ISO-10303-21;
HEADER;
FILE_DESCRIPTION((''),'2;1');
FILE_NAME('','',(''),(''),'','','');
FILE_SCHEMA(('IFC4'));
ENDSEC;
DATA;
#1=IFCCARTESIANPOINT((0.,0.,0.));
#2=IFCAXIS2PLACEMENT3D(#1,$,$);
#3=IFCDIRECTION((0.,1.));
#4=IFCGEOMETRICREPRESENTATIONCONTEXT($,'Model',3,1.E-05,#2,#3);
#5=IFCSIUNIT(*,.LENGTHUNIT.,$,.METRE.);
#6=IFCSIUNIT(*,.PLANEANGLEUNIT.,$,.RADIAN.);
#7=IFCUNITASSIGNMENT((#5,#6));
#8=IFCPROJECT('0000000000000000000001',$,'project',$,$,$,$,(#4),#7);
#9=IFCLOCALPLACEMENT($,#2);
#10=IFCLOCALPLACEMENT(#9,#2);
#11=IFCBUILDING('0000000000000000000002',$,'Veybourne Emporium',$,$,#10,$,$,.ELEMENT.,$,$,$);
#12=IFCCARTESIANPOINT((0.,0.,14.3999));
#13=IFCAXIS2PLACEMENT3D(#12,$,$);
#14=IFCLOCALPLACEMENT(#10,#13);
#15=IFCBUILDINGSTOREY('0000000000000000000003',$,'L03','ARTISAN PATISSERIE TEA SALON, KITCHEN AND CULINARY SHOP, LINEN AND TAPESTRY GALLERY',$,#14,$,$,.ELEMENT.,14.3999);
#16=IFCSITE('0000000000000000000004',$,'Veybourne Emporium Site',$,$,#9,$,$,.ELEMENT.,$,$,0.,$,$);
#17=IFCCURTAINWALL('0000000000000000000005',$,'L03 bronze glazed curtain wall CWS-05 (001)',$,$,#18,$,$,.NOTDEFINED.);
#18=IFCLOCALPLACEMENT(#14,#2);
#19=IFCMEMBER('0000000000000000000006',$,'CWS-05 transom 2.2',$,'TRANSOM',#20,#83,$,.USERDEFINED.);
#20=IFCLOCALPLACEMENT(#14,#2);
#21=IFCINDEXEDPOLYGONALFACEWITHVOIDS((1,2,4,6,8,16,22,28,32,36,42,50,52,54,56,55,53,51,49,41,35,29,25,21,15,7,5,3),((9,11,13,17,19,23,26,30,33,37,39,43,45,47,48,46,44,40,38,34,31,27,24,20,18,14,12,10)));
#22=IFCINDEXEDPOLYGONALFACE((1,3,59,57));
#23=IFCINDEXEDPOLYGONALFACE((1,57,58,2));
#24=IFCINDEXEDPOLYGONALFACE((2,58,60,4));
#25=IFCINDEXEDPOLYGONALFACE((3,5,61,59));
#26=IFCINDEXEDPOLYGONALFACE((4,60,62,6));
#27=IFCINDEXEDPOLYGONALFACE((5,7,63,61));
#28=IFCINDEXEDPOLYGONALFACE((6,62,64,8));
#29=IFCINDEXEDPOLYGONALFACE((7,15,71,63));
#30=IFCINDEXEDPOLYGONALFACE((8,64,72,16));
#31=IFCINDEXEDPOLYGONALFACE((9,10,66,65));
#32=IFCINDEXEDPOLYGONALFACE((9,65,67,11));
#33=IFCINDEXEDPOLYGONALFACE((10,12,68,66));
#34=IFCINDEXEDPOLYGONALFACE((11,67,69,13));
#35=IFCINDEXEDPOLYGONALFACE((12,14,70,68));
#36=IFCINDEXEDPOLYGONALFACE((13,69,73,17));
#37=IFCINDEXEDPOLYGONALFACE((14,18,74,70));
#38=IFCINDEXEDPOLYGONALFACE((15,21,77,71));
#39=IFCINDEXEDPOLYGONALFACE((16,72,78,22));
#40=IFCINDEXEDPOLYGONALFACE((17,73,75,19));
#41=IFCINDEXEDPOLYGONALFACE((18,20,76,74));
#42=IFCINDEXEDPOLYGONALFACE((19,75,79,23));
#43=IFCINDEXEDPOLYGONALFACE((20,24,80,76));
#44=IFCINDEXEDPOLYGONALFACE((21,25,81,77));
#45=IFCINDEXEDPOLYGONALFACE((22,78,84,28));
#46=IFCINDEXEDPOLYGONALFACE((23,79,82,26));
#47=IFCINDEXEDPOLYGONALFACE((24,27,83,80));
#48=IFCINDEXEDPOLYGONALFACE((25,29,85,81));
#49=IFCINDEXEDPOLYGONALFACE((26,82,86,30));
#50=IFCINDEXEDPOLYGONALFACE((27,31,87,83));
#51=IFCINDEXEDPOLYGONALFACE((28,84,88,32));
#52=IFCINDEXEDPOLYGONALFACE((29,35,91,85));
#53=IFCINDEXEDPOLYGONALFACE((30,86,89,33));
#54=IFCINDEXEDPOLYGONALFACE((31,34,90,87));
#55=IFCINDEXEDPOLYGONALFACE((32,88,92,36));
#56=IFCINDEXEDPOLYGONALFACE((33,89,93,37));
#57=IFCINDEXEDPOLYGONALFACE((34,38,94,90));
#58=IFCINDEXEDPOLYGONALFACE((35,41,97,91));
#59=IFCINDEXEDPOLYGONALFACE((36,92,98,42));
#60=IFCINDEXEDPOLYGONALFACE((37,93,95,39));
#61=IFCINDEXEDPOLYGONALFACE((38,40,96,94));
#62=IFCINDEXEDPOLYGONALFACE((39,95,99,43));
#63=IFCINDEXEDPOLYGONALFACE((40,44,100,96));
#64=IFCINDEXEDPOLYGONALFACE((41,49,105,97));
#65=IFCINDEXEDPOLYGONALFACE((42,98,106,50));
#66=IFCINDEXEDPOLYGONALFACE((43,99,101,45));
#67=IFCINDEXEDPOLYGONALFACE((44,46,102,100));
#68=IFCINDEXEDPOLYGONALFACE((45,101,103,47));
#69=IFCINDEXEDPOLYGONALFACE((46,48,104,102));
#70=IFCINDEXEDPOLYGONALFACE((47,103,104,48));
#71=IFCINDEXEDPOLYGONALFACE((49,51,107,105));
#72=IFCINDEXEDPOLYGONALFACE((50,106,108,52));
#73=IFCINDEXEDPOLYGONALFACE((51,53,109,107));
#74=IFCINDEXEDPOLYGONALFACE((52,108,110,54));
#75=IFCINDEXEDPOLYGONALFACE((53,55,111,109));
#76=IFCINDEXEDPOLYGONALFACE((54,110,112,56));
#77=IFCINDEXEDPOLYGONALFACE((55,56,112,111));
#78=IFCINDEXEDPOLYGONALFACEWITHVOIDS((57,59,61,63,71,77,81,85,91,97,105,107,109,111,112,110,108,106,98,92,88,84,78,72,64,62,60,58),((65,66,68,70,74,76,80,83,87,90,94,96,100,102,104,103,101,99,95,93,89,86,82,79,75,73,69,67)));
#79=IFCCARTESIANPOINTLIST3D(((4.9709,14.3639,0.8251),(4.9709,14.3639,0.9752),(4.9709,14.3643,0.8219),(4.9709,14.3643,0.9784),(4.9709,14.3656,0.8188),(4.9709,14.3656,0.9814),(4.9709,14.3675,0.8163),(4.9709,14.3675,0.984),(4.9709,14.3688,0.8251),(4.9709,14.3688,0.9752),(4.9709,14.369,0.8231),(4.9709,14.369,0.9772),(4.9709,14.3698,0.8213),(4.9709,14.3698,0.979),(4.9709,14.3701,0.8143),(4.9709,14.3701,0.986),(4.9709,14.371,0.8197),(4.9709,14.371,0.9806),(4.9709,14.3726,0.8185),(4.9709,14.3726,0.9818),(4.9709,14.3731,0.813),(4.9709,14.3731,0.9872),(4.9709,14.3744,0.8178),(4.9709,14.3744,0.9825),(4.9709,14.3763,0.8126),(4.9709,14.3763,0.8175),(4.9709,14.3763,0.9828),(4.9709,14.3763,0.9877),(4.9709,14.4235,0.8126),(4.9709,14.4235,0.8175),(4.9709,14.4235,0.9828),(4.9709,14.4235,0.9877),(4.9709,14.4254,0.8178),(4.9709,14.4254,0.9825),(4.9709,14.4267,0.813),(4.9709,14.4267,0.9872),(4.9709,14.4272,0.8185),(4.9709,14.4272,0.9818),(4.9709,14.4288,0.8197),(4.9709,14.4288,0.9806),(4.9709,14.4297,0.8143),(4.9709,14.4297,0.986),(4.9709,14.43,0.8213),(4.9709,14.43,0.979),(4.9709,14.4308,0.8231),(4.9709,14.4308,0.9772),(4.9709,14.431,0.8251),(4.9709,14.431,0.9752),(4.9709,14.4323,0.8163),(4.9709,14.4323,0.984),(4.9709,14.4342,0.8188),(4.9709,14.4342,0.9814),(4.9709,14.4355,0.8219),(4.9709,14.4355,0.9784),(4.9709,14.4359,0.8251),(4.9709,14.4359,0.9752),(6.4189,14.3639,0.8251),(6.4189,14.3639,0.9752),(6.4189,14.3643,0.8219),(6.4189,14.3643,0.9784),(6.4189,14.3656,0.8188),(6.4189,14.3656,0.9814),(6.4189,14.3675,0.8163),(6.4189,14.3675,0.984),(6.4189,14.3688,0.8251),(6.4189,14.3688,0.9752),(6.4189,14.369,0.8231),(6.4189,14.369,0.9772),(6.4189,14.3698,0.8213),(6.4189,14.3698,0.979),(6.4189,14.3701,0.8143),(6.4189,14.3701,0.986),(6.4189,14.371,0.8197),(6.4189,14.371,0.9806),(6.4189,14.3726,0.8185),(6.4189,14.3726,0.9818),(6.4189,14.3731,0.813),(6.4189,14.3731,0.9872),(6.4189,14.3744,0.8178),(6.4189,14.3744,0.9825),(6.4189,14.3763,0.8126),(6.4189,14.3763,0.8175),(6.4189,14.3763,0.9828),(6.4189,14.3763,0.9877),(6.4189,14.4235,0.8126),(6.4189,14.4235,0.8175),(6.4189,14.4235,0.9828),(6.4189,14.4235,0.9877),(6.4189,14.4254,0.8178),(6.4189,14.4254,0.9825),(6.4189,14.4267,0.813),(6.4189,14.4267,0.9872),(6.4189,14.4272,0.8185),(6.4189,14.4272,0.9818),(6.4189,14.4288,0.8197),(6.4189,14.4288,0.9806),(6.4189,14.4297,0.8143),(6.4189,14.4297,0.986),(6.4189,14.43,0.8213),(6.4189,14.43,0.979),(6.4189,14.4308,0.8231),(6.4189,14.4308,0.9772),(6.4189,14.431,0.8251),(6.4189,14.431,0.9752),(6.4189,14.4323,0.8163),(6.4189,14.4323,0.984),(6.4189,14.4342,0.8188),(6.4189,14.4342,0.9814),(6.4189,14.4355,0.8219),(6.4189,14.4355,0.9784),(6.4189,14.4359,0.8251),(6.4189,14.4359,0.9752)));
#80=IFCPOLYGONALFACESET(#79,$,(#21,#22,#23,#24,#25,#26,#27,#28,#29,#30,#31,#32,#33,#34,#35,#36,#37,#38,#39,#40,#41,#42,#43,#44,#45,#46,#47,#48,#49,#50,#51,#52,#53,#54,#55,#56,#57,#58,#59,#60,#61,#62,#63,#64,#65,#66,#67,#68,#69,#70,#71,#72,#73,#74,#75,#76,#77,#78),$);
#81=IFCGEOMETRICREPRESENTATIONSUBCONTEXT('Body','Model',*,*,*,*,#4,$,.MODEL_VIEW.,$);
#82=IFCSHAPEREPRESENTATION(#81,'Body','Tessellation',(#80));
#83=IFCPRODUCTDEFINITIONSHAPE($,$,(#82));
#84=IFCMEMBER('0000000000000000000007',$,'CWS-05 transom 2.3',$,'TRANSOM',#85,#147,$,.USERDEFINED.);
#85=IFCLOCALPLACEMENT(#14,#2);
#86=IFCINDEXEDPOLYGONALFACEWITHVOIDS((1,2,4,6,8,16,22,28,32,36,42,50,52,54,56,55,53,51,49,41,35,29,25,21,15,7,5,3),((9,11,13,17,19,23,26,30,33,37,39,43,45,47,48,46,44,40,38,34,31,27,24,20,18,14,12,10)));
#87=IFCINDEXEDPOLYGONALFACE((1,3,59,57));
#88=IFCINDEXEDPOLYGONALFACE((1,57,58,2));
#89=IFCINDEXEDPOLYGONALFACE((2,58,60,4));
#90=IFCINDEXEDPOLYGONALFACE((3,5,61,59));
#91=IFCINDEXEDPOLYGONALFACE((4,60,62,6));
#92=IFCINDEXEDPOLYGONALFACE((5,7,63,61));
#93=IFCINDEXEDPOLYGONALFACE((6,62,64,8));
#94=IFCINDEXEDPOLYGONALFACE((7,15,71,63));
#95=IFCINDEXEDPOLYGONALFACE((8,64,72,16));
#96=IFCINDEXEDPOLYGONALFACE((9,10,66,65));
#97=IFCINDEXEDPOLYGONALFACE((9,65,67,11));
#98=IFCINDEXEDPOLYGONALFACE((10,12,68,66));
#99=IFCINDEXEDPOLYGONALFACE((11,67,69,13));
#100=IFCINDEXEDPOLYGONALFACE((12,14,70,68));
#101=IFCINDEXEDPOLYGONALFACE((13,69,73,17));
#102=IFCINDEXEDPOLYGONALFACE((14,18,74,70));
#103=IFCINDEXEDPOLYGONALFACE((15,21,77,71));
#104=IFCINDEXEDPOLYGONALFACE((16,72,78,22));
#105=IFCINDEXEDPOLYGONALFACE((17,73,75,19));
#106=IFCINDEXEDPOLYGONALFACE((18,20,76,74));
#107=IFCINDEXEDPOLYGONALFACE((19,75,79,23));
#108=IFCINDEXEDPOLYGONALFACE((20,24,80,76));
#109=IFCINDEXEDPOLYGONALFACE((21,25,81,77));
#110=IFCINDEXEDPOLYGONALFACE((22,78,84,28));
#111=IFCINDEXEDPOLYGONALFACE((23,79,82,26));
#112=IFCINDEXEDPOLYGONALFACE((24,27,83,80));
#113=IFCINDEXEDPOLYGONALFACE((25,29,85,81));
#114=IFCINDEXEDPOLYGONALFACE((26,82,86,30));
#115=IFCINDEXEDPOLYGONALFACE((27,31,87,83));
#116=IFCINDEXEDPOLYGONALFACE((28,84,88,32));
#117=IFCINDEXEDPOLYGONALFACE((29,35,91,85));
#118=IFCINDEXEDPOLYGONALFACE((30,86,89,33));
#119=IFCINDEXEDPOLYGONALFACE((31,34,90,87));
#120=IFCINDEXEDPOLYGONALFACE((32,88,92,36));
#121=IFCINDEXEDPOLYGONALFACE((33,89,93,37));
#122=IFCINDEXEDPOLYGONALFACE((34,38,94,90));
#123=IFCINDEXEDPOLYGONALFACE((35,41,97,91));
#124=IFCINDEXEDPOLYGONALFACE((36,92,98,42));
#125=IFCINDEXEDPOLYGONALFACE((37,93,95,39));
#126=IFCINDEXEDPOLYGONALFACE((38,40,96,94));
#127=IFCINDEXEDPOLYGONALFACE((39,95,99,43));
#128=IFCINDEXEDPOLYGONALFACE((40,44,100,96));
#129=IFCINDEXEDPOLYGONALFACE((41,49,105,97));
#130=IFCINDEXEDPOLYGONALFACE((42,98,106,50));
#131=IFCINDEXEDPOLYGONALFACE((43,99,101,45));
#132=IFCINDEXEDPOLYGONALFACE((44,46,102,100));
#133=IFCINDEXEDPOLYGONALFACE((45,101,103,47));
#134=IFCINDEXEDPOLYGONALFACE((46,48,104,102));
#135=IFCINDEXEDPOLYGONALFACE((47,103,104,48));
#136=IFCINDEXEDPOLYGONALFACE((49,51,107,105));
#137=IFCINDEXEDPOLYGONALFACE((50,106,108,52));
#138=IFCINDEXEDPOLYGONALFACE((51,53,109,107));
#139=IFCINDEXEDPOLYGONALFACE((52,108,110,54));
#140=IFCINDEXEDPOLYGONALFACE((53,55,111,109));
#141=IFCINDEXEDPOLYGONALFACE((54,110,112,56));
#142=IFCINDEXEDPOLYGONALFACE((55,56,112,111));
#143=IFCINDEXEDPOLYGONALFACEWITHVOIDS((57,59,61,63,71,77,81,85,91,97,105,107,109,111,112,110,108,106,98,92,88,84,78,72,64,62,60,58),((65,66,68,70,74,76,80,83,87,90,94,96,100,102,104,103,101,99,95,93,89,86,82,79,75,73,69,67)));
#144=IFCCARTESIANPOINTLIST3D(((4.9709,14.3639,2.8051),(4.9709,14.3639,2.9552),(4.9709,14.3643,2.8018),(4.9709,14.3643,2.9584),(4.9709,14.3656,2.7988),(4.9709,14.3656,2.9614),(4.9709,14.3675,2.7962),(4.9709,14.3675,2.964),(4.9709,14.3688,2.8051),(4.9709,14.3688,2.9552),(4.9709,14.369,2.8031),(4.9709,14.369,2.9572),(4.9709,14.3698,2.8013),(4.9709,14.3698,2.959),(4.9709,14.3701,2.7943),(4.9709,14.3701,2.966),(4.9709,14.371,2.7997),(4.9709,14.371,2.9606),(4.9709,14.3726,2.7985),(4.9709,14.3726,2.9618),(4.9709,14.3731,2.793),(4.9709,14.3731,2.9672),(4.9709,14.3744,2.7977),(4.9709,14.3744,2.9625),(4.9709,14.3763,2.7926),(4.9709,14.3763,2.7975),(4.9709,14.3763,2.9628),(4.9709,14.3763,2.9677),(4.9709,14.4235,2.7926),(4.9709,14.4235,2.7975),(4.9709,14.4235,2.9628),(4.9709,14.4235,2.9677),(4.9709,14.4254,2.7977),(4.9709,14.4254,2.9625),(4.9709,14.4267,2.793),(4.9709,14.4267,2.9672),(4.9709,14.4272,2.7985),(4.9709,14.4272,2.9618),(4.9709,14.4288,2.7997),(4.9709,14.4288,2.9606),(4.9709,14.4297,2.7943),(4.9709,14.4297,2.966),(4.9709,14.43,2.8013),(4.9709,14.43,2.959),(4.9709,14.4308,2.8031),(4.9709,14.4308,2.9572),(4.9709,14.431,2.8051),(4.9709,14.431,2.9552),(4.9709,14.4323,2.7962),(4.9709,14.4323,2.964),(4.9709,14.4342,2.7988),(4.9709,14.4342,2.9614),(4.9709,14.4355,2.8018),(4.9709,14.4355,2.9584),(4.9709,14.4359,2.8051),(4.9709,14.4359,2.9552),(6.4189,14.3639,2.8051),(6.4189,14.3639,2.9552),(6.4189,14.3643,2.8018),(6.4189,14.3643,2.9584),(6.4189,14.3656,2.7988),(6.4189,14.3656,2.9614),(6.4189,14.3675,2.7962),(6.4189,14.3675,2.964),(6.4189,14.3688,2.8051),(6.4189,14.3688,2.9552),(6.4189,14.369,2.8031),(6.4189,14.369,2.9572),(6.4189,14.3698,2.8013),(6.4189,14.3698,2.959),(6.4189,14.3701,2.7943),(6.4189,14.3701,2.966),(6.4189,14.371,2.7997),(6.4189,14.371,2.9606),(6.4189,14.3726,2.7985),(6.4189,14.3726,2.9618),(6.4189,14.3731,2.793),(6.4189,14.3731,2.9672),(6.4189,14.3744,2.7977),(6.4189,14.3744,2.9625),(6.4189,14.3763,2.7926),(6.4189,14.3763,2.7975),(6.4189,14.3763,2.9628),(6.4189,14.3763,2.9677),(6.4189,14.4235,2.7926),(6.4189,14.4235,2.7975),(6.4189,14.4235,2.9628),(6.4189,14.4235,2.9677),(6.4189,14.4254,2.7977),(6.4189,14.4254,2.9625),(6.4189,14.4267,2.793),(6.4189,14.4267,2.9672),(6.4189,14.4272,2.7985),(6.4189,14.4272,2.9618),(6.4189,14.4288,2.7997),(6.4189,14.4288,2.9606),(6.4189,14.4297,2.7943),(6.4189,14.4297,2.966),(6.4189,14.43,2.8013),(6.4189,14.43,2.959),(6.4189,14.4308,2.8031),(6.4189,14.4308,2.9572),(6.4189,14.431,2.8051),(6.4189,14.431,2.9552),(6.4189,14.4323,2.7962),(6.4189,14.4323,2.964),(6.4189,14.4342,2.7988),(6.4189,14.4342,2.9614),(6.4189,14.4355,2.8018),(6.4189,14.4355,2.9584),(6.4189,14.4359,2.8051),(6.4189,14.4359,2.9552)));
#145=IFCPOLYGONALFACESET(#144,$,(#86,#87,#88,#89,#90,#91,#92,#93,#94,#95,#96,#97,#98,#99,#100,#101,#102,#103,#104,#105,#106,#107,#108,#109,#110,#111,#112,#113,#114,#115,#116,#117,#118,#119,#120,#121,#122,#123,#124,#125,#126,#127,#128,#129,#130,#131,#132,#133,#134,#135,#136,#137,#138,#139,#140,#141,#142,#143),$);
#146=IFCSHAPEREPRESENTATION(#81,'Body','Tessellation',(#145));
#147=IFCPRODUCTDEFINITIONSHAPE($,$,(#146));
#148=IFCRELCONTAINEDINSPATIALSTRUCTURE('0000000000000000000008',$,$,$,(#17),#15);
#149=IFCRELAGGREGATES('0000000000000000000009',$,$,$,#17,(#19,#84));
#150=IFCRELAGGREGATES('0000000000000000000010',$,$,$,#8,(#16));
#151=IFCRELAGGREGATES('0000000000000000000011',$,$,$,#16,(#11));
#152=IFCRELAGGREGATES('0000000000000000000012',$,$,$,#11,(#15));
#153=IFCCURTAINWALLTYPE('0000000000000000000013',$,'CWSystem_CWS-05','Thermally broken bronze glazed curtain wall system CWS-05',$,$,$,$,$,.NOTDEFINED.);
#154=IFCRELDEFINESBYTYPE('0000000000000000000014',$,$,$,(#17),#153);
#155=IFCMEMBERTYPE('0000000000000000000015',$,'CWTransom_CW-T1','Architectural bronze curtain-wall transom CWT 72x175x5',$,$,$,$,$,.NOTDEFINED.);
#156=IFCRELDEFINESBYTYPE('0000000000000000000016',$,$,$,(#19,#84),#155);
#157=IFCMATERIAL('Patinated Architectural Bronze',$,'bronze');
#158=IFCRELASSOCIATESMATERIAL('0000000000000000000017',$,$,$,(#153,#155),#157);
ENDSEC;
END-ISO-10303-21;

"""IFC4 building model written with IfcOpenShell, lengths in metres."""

from ifc_helpers import new_model, si_unit, direction, frame, origin, origin_2d, place, context, subcontext, project, spatial, hollow_rectangle, extrude, material, material_profile, profile_set, type_object, element, aggregate, save


model = new_model("IFC4")

# Units and contexts
model_context = context("Model", 3, precision=1e-05, world=origin(), true_north=direction((0.0, 1.0)))
body_context = subcontext(model_context, "Body", "Model", "MODEL_VIEW")
ifc_project = project(units=[si_unit("LENGTHUNIT", "METRE"), si_unit("PLANEANGLEUNIT", "RADIAN")], contexts=[model_context])

# Site, building, storey
site_placement = place(None, origin())
site = spatial("IfcSite", under=ifc_project, at=site_placement, Name="Veybourne Emporium Site", CompositionType="ELEMENT", RefElevation=0.0)
building_placement = place(site_placement, origin())
building = spatial("IfcBuilding", under=site, at=building_placement, Name="Veybourne Emporium", CompositionType="ELEMENT")
storey_placement = place(building_placement, frame((0.0, 0.0, 14.3999)))
storey = spatial("IfcBuildingStorey", under=building, at=storey_placement, Name="L03", Description="ARTISAN PATISSERIE TEA SALON, KITCHEN AND CULINARY SHOP, LINEN AND TAPESTRY GALLERY", CompositionType="ELEMENT", Elevation=14.3999)

# Curtain wall, members
ifc_material_1 = material(Name="Patinated Architectural Bronze", Category="bronze")
curtain_wall_type = type_object("IfcCurtainWallType", Name="CWSystem_CWS-05", Description="Thermally broken bronze glazed curtain wall system CWS-05", PredefinedType="NOTDEFINED", material=ifc_material_1)
curtain_wall_placement = place(storey_placement, origin())
curtain_wall = element("IfcCurtainWall", 1, at=curtain_wall_placement, inside=storey, type_object=curtain_wall_type, Name="L03 bronze glazed curtain wall CWS-05 (001)", PredefinedType="NOTDEFINED")
ifc_material_profile_1 = material_profile(ifc_material_1, hollow_rectangle(XDim=0.072, YDim=0.175, WallThickness=0.0049, InnerFilletRadius=0.0076, OuterFilletRadius=0.0125, at=origin_2d()), Name="CWT 72x175x5")
ifc_profile_set_1 = profile_set([ifc_material_profile_1], Name="Patinated Architectural Bronze")
member_type_1 = type_object("IfcMemberType", Name="CWTransom_CW-T1", Description="Architectural bronze curtain-wall transom CWT 72x175x5", PredefinedType="NOTDEFINED", material=ifc_profile_set_1)
member_1_placement = place(storey_placement, frame((6.4189, 14.3999, 0.9001), z_axis=(-1.0, 0.0, 0.0), x_axis=(0.0, -1.0, 0.0)))
member_1 = element("IfcMember", 2, at=member_1_placement, type_object=member_type_1, Name="CWS-05 transom 2.2", ObjectType="TRANSOM", PredefinedType="USERDEFINED", context=body_context, shape_type="SweptSolid", body=[
    extrude(hollow_rectangle(XDim=0.072, YDim=0.175, WallThickness=0.0049, InnerFilletRadius=0.0076, OuterFilletRadius=0.0125, at=origin_2d()), origin(), (0.0, 0.0, 1.0), 1.448),
])
member_2_placement = place(storey_placement, frame((6.4189, 14.3999, 2.8801), z_axis=(-1.0, 0.0, 0.0), x_axis=(0.0, -1.0, 0.0)))
member_2 = element("IfcMember", 3, at=member_2_placement, type_object=member_type_1, Name="CWS-05 transom 2.3", ObjectType="TRANSOM", PredefinedType="USERDEFINED", context=body_context, shape_type="SweptSolid", body=[
    extrude(hollow_rectangle(XDim=0.072, YDim=0.175, WallThickness=0.0049, InnerFilletRadius=0.0076, OuterFilletRadius=0.0125, at=origin_2d()), origin(), (0.0, 0.0, 1.0), 1.448),
])
aggregate(curtain_wall, [member_1, member_2])

save(model, "model.ifc")
